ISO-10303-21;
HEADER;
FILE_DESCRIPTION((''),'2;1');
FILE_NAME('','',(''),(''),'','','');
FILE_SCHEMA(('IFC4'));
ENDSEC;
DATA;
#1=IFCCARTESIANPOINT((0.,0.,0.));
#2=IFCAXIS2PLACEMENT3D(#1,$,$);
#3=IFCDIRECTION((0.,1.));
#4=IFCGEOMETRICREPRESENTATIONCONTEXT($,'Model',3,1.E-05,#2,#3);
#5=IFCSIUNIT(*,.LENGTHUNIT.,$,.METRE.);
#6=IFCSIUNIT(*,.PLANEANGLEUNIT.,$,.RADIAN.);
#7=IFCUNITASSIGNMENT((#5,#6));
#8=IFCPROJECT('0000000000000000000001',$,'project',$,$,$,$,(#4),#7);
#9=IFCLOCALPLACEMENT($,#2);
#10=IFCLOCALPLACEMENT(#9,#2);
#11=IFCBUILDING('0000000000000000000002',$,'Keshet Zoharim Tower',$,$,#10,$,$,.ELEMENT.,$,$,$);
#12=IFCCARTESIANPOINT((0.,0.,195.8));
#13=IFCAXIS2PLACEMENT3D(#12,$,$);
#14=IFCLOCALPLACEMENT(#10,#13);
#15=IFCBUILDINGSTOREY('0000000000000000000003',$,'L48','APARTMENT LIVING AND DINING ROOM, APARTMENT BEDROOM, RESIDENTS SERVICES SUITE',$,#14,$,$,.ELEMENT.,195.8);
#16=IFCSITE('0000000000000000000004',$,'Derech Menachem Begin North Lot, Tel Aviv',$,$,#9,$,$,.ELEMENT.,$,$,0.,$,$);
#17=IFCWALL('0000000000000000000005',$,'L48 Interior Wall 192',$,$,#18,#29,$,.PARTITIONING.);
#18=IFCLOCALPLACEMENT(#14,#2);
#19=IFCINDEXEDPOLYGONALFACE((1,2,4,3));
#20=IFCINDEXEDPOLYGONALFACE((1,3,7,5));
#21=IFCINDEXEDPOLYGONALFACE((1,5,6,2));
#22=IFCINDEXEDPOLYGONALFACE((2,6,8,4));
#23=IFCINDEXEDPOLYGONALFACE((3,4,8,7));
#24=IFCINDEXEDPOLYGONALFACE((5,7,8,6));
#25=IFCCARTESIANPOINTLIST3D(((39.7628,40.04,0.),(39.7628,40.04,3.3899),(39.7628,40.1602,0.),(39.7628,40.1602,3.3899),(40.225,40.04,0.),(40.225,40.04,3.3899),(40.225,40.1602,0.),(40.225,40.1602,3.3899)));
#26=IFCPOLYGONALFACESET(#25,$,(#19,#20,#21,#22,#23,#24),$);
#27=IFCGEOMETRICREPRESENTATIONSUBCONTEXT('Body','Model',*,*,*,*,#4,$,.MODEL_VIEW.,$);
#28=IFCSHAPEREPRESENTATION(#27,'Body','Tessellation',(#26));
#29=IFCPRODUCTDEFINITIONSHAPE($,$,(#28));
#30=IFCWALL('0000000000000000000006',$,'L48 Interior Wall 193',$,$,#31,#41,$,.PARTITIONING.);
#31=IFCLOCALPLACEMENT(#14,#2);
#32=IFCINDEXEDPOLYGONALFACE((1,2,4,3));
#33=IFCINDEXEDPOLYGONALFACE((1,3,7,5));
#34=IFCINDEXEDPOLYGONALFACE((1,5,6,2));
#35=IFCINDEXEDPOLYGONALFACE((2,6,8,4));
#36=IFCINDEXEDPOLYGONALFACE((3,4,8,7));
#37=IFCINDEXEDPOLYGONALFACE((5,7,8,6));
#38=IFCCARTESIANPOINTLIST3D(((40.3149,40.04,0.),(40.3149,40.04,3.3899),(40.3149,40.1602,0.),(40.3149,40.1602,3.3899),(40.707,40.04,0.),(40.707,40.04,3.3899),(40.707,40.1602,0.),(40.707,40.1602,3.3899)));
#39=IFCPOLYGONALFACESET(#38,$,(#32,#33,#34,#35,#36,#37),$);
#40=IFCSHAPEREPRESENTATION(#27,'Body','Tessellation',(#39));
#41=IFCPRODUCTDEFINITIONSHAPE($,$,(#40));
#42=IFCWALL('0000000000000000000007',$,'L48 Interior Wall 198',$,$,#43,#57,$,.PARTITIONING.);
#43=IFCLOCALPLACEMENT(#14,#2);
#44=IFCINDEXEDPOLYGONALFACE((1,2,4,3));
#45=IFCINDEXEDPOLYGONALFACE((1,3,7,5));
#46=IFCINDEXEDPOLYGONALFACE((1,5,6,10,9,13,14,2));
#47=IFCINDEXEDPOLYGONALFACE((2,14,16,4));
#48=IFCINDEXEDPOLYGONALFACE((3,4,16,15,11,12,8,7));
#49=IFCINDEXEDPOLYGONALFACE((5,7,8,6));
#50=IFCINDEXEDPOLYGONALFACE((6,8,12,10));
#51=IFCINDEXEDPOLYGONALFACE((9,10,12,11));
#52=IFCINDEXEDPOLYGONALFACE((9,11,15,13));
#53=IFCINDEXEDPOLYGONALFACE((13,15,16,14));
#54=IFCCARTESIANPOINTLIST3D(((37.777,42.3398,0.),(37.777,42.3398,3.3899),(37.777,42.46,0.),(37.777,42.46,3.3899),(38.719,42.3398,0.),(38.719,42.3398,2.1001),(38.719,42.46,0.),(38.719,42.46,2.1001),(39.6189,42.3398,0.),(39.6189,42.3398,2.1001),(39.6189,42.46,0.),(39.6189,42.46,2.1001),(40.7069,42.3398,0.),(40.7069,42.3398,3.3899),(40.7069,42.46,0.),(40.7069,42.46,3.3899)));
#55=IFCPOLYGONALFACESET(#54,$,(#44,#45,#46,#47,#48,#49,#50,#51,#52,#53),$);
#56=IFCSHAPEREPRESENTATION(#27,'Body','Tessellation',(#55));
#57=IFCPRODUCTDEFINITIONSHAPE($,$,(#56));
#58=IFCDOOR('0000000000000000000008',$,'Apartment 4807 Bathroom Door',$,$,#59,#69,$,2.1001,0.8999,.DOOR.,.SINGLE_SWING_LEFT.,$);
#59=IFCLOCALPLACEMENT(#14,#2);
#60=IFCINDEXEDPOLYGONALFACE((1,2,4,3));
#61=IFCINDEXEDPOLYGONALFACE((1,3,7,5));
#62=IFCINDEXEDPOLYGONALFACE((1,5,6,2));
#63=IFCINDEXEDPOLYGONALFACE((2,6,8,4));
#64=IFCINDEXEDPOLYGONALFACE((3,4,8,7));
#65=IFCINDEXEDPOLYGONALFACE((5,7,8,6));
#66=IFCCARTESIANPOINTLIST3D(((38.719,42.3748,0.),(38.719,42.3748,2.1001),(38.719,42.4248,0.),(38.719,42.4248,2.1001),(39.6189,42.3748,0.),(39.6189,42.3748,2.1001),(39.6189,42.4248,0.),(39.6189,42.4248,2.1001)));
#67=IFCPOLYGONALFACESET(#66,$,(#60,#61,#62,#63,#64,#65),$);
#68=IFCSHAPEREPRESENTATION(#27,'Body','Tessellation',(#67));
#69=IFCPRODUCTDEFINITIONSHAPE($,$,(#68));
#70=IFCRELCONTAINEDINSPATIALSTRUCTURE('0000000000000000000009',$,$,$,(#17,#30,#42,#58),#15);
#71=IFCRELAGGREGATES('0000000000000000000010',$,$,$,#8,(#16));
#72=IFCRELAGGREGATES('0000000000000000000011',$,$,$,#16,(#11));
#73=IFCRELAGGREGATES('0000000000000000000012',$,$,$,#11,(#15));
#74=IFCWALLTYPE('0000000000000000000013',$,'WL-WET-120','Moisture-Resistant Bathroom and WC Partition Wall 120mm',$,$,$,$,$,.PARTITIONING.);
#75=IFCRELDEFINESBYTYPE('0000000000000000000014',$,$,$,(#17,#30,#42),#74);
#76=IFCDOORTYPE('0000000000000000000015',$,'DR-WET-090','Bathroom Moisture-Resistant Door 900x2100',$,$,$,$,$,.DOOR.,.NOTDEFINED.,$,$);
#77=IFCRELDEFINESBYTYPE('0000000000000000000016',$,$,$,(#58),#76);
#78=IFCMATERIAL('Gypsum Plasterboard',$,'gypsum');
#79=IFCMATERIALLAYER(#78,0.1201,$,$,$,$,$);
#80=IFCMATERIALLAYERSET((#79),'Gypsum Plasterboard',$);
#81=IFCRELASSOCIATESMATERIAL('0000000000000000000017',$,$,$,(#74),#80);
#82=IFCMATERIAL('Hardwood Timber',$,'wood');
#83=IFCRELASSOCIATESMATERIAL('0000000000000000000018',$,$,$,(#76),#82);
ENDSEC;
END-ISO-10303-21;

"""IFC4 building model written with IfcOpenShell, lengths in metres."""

from ifc_helpers import new_model, si_unit, direction, frame, frame_2d, origin, place, context, subcontext, project, spatial, rectangle, extrude, material, layer, layer_set, type_object, element, fill, save


model = new_model("IFC4")

# Units and contexts
model_context = context("Model", 3, precision=1e-05, world=origin(), true_north=direction((0.0, 1.0)))
body_context = subcontext(model_context, "Body", "Model", "MODEL_VIEW")
ifc_project = project(units=[si_unit("LENGTHUNIT", "METRE"), si_unit("PLANEANGLEUNIT", "RADIAN")], contexts=[model_context])

# Site, building, storey
site_placement = place(None, origin())
site = spatial("IfcSite", under=ifc_project, at=site_placement, Name="Derech Menachem Begin North Lot, Tel Aviv", CompositionType="ELEMENT", RefElevation=0.0)
building_placement = place(site_placement, origin())
building = spatial("IfcBuilding", under=site, at=building_placement, Name="Keshet Zoharim Tower", CompositionType="ELEMENT")
storey_placement = place(building_placement, frame((0.0, 0.0, 195.8)))
storey = spatial("IfcBuildingStorey", under=building, at=storey_placement, Name="L48", Description="APARTMENT LIVING AND DINING ROOM, APARTMENT BEDROOM, RESIDENTS SERVICES SUITE", CompositionType="ELEMENT", Elevation=195.8)

# Walls
ifc_material_1 = material(Name="Gypsum Plasterboard", Category="gypsum")
ifc_layer_1 = layer(ifc_material_1, 0.1201)
ifc_layer_set_1 = layer_set([ifc_layer_1], Name="Gypsum Plasterboard")
wall_type_1 = type_object("IfcWallType", Name="WL-WET-120", Description="Moisture-Resistant Bathroom and WC Partition Wall 120mm", PredefinedType="PARTITIONING", material=ifc_layer_set_1)
wall_1_placement = place(storey_placement, frame((39.7629, 40.1001, 0.0), z_axis=(0.0, 0.0, 1.0), x_axis=(1.0, 0.0, 0.0)))
element("IfcWall", 1, at=wall_1_placement, inside=storey, type_object=wall_type_1, Name="L48 Interior Wall 192", PredefinedType="PARTITIONING", context=body_context, shape_type="SweptSolid", body=[
    extrude(rectangle(XDim=0.4622, YDim=0.1201, at=frame_2d((0.231, 0.0))), origin(), (0.0, 0.0, 1.0), 3.3899),
])
wall_2_placement = place(storey_placement, frame((40.3149, 40.1001, 0.0), z_axis=(0.0, 0.0, 1.0), x_axis=(1.0, 0.0, 0.0)))
element("IfcWall", 2, at=wall_2_placement, inside=storey, type_object=wall_type_1, Name="L48 Interior Wall 193", PredefinedType="PARTITIONING", context=body_context, shape_type="SweptSolid", body=[
    extrude(rectangle(XDim=0.3921, YDim=0.1201, at=frame_2d((0.196, 0.0))), origin(), (0.0, 0.0, 1.0), 3.3899),
])

# Wall, opening, door
wall_3_placement = place(storey_placement, frame((37.7771, 42.3999, 0.0), z_axis=(0.0, 0.0, 1.0), x_axis=(1.0, 0.0, 0.0)))
wall_3 = element("IfcWall", 3, at=wall_3_placement, inside=storey, type_object=wall_type_1, Name="L48 Interior Wall 198", PredefinedType="PARTITIONING", context=body_context, shape_type="SweptSolid", body=[
    extrude(rectangle(XDim=2.9299, YDim=0.1201, at=frame_2d((1.4648, 0.0))), origin(), (0.0, 0.0, 1.0), 3.3899),
])
opening_placement = place(wall_3_placement, frame((0.9419, 0.0, 0.0)))
opening = element("IfcOpeningElement", 4, at=opening_placement, cuts=wall_3, PredefinedType="OPENING", context=body_context, shape_type="SweptSolid", body=[
    extrude(rectangle(XDim=0.8999, YDim=2.1001, at=frame_2d((0.45, 1.05))), frame((0.0, 0.0701, 0.0), z_axis=(0.0, -1.0, 0.0), x_axis=(1.0, 0.0, 0.0)), (0.0, 0.0, 1.0), 0.1401),
])
ifc_material_2 = material(Name="Hardwood Timber", Category="wood")
door_type = type_object("IfcDoorType", Name="DR-WET-090", Description="Bathroom Moisture-Resistant Door 900x2100", OperationType="NOTDEFINED", PredefinedType="DOOR", material=ifc_material_2)
door_placement = place(opening_placement, origin())
door = element("IfcDoor", 5, at=door_placement, inside=storey, type_object=door_type, Name="Apartment 4807 Bathroom Door", OperationType="SINGLE_SWING_LEFT", OverallHeight=2.1001, OverallWidth=0.8999, PredefinedType="DOOR", context=body_context, shape_type="SweptSolid", body=[
    extrude(rectangle(XDim=0.8999, YDim=2.1001, at=frame_2d((0.45, 1.05))), frame((0.0, 0.0249, 0.0), z_axis=(0.0, -1.0, 0.0), x_axis=(1.0, 0.0, 0.0)), (0.0, 0.0, 1.0), 0.05),
])
fill(opening, door)

save(model, "model.ifc")
